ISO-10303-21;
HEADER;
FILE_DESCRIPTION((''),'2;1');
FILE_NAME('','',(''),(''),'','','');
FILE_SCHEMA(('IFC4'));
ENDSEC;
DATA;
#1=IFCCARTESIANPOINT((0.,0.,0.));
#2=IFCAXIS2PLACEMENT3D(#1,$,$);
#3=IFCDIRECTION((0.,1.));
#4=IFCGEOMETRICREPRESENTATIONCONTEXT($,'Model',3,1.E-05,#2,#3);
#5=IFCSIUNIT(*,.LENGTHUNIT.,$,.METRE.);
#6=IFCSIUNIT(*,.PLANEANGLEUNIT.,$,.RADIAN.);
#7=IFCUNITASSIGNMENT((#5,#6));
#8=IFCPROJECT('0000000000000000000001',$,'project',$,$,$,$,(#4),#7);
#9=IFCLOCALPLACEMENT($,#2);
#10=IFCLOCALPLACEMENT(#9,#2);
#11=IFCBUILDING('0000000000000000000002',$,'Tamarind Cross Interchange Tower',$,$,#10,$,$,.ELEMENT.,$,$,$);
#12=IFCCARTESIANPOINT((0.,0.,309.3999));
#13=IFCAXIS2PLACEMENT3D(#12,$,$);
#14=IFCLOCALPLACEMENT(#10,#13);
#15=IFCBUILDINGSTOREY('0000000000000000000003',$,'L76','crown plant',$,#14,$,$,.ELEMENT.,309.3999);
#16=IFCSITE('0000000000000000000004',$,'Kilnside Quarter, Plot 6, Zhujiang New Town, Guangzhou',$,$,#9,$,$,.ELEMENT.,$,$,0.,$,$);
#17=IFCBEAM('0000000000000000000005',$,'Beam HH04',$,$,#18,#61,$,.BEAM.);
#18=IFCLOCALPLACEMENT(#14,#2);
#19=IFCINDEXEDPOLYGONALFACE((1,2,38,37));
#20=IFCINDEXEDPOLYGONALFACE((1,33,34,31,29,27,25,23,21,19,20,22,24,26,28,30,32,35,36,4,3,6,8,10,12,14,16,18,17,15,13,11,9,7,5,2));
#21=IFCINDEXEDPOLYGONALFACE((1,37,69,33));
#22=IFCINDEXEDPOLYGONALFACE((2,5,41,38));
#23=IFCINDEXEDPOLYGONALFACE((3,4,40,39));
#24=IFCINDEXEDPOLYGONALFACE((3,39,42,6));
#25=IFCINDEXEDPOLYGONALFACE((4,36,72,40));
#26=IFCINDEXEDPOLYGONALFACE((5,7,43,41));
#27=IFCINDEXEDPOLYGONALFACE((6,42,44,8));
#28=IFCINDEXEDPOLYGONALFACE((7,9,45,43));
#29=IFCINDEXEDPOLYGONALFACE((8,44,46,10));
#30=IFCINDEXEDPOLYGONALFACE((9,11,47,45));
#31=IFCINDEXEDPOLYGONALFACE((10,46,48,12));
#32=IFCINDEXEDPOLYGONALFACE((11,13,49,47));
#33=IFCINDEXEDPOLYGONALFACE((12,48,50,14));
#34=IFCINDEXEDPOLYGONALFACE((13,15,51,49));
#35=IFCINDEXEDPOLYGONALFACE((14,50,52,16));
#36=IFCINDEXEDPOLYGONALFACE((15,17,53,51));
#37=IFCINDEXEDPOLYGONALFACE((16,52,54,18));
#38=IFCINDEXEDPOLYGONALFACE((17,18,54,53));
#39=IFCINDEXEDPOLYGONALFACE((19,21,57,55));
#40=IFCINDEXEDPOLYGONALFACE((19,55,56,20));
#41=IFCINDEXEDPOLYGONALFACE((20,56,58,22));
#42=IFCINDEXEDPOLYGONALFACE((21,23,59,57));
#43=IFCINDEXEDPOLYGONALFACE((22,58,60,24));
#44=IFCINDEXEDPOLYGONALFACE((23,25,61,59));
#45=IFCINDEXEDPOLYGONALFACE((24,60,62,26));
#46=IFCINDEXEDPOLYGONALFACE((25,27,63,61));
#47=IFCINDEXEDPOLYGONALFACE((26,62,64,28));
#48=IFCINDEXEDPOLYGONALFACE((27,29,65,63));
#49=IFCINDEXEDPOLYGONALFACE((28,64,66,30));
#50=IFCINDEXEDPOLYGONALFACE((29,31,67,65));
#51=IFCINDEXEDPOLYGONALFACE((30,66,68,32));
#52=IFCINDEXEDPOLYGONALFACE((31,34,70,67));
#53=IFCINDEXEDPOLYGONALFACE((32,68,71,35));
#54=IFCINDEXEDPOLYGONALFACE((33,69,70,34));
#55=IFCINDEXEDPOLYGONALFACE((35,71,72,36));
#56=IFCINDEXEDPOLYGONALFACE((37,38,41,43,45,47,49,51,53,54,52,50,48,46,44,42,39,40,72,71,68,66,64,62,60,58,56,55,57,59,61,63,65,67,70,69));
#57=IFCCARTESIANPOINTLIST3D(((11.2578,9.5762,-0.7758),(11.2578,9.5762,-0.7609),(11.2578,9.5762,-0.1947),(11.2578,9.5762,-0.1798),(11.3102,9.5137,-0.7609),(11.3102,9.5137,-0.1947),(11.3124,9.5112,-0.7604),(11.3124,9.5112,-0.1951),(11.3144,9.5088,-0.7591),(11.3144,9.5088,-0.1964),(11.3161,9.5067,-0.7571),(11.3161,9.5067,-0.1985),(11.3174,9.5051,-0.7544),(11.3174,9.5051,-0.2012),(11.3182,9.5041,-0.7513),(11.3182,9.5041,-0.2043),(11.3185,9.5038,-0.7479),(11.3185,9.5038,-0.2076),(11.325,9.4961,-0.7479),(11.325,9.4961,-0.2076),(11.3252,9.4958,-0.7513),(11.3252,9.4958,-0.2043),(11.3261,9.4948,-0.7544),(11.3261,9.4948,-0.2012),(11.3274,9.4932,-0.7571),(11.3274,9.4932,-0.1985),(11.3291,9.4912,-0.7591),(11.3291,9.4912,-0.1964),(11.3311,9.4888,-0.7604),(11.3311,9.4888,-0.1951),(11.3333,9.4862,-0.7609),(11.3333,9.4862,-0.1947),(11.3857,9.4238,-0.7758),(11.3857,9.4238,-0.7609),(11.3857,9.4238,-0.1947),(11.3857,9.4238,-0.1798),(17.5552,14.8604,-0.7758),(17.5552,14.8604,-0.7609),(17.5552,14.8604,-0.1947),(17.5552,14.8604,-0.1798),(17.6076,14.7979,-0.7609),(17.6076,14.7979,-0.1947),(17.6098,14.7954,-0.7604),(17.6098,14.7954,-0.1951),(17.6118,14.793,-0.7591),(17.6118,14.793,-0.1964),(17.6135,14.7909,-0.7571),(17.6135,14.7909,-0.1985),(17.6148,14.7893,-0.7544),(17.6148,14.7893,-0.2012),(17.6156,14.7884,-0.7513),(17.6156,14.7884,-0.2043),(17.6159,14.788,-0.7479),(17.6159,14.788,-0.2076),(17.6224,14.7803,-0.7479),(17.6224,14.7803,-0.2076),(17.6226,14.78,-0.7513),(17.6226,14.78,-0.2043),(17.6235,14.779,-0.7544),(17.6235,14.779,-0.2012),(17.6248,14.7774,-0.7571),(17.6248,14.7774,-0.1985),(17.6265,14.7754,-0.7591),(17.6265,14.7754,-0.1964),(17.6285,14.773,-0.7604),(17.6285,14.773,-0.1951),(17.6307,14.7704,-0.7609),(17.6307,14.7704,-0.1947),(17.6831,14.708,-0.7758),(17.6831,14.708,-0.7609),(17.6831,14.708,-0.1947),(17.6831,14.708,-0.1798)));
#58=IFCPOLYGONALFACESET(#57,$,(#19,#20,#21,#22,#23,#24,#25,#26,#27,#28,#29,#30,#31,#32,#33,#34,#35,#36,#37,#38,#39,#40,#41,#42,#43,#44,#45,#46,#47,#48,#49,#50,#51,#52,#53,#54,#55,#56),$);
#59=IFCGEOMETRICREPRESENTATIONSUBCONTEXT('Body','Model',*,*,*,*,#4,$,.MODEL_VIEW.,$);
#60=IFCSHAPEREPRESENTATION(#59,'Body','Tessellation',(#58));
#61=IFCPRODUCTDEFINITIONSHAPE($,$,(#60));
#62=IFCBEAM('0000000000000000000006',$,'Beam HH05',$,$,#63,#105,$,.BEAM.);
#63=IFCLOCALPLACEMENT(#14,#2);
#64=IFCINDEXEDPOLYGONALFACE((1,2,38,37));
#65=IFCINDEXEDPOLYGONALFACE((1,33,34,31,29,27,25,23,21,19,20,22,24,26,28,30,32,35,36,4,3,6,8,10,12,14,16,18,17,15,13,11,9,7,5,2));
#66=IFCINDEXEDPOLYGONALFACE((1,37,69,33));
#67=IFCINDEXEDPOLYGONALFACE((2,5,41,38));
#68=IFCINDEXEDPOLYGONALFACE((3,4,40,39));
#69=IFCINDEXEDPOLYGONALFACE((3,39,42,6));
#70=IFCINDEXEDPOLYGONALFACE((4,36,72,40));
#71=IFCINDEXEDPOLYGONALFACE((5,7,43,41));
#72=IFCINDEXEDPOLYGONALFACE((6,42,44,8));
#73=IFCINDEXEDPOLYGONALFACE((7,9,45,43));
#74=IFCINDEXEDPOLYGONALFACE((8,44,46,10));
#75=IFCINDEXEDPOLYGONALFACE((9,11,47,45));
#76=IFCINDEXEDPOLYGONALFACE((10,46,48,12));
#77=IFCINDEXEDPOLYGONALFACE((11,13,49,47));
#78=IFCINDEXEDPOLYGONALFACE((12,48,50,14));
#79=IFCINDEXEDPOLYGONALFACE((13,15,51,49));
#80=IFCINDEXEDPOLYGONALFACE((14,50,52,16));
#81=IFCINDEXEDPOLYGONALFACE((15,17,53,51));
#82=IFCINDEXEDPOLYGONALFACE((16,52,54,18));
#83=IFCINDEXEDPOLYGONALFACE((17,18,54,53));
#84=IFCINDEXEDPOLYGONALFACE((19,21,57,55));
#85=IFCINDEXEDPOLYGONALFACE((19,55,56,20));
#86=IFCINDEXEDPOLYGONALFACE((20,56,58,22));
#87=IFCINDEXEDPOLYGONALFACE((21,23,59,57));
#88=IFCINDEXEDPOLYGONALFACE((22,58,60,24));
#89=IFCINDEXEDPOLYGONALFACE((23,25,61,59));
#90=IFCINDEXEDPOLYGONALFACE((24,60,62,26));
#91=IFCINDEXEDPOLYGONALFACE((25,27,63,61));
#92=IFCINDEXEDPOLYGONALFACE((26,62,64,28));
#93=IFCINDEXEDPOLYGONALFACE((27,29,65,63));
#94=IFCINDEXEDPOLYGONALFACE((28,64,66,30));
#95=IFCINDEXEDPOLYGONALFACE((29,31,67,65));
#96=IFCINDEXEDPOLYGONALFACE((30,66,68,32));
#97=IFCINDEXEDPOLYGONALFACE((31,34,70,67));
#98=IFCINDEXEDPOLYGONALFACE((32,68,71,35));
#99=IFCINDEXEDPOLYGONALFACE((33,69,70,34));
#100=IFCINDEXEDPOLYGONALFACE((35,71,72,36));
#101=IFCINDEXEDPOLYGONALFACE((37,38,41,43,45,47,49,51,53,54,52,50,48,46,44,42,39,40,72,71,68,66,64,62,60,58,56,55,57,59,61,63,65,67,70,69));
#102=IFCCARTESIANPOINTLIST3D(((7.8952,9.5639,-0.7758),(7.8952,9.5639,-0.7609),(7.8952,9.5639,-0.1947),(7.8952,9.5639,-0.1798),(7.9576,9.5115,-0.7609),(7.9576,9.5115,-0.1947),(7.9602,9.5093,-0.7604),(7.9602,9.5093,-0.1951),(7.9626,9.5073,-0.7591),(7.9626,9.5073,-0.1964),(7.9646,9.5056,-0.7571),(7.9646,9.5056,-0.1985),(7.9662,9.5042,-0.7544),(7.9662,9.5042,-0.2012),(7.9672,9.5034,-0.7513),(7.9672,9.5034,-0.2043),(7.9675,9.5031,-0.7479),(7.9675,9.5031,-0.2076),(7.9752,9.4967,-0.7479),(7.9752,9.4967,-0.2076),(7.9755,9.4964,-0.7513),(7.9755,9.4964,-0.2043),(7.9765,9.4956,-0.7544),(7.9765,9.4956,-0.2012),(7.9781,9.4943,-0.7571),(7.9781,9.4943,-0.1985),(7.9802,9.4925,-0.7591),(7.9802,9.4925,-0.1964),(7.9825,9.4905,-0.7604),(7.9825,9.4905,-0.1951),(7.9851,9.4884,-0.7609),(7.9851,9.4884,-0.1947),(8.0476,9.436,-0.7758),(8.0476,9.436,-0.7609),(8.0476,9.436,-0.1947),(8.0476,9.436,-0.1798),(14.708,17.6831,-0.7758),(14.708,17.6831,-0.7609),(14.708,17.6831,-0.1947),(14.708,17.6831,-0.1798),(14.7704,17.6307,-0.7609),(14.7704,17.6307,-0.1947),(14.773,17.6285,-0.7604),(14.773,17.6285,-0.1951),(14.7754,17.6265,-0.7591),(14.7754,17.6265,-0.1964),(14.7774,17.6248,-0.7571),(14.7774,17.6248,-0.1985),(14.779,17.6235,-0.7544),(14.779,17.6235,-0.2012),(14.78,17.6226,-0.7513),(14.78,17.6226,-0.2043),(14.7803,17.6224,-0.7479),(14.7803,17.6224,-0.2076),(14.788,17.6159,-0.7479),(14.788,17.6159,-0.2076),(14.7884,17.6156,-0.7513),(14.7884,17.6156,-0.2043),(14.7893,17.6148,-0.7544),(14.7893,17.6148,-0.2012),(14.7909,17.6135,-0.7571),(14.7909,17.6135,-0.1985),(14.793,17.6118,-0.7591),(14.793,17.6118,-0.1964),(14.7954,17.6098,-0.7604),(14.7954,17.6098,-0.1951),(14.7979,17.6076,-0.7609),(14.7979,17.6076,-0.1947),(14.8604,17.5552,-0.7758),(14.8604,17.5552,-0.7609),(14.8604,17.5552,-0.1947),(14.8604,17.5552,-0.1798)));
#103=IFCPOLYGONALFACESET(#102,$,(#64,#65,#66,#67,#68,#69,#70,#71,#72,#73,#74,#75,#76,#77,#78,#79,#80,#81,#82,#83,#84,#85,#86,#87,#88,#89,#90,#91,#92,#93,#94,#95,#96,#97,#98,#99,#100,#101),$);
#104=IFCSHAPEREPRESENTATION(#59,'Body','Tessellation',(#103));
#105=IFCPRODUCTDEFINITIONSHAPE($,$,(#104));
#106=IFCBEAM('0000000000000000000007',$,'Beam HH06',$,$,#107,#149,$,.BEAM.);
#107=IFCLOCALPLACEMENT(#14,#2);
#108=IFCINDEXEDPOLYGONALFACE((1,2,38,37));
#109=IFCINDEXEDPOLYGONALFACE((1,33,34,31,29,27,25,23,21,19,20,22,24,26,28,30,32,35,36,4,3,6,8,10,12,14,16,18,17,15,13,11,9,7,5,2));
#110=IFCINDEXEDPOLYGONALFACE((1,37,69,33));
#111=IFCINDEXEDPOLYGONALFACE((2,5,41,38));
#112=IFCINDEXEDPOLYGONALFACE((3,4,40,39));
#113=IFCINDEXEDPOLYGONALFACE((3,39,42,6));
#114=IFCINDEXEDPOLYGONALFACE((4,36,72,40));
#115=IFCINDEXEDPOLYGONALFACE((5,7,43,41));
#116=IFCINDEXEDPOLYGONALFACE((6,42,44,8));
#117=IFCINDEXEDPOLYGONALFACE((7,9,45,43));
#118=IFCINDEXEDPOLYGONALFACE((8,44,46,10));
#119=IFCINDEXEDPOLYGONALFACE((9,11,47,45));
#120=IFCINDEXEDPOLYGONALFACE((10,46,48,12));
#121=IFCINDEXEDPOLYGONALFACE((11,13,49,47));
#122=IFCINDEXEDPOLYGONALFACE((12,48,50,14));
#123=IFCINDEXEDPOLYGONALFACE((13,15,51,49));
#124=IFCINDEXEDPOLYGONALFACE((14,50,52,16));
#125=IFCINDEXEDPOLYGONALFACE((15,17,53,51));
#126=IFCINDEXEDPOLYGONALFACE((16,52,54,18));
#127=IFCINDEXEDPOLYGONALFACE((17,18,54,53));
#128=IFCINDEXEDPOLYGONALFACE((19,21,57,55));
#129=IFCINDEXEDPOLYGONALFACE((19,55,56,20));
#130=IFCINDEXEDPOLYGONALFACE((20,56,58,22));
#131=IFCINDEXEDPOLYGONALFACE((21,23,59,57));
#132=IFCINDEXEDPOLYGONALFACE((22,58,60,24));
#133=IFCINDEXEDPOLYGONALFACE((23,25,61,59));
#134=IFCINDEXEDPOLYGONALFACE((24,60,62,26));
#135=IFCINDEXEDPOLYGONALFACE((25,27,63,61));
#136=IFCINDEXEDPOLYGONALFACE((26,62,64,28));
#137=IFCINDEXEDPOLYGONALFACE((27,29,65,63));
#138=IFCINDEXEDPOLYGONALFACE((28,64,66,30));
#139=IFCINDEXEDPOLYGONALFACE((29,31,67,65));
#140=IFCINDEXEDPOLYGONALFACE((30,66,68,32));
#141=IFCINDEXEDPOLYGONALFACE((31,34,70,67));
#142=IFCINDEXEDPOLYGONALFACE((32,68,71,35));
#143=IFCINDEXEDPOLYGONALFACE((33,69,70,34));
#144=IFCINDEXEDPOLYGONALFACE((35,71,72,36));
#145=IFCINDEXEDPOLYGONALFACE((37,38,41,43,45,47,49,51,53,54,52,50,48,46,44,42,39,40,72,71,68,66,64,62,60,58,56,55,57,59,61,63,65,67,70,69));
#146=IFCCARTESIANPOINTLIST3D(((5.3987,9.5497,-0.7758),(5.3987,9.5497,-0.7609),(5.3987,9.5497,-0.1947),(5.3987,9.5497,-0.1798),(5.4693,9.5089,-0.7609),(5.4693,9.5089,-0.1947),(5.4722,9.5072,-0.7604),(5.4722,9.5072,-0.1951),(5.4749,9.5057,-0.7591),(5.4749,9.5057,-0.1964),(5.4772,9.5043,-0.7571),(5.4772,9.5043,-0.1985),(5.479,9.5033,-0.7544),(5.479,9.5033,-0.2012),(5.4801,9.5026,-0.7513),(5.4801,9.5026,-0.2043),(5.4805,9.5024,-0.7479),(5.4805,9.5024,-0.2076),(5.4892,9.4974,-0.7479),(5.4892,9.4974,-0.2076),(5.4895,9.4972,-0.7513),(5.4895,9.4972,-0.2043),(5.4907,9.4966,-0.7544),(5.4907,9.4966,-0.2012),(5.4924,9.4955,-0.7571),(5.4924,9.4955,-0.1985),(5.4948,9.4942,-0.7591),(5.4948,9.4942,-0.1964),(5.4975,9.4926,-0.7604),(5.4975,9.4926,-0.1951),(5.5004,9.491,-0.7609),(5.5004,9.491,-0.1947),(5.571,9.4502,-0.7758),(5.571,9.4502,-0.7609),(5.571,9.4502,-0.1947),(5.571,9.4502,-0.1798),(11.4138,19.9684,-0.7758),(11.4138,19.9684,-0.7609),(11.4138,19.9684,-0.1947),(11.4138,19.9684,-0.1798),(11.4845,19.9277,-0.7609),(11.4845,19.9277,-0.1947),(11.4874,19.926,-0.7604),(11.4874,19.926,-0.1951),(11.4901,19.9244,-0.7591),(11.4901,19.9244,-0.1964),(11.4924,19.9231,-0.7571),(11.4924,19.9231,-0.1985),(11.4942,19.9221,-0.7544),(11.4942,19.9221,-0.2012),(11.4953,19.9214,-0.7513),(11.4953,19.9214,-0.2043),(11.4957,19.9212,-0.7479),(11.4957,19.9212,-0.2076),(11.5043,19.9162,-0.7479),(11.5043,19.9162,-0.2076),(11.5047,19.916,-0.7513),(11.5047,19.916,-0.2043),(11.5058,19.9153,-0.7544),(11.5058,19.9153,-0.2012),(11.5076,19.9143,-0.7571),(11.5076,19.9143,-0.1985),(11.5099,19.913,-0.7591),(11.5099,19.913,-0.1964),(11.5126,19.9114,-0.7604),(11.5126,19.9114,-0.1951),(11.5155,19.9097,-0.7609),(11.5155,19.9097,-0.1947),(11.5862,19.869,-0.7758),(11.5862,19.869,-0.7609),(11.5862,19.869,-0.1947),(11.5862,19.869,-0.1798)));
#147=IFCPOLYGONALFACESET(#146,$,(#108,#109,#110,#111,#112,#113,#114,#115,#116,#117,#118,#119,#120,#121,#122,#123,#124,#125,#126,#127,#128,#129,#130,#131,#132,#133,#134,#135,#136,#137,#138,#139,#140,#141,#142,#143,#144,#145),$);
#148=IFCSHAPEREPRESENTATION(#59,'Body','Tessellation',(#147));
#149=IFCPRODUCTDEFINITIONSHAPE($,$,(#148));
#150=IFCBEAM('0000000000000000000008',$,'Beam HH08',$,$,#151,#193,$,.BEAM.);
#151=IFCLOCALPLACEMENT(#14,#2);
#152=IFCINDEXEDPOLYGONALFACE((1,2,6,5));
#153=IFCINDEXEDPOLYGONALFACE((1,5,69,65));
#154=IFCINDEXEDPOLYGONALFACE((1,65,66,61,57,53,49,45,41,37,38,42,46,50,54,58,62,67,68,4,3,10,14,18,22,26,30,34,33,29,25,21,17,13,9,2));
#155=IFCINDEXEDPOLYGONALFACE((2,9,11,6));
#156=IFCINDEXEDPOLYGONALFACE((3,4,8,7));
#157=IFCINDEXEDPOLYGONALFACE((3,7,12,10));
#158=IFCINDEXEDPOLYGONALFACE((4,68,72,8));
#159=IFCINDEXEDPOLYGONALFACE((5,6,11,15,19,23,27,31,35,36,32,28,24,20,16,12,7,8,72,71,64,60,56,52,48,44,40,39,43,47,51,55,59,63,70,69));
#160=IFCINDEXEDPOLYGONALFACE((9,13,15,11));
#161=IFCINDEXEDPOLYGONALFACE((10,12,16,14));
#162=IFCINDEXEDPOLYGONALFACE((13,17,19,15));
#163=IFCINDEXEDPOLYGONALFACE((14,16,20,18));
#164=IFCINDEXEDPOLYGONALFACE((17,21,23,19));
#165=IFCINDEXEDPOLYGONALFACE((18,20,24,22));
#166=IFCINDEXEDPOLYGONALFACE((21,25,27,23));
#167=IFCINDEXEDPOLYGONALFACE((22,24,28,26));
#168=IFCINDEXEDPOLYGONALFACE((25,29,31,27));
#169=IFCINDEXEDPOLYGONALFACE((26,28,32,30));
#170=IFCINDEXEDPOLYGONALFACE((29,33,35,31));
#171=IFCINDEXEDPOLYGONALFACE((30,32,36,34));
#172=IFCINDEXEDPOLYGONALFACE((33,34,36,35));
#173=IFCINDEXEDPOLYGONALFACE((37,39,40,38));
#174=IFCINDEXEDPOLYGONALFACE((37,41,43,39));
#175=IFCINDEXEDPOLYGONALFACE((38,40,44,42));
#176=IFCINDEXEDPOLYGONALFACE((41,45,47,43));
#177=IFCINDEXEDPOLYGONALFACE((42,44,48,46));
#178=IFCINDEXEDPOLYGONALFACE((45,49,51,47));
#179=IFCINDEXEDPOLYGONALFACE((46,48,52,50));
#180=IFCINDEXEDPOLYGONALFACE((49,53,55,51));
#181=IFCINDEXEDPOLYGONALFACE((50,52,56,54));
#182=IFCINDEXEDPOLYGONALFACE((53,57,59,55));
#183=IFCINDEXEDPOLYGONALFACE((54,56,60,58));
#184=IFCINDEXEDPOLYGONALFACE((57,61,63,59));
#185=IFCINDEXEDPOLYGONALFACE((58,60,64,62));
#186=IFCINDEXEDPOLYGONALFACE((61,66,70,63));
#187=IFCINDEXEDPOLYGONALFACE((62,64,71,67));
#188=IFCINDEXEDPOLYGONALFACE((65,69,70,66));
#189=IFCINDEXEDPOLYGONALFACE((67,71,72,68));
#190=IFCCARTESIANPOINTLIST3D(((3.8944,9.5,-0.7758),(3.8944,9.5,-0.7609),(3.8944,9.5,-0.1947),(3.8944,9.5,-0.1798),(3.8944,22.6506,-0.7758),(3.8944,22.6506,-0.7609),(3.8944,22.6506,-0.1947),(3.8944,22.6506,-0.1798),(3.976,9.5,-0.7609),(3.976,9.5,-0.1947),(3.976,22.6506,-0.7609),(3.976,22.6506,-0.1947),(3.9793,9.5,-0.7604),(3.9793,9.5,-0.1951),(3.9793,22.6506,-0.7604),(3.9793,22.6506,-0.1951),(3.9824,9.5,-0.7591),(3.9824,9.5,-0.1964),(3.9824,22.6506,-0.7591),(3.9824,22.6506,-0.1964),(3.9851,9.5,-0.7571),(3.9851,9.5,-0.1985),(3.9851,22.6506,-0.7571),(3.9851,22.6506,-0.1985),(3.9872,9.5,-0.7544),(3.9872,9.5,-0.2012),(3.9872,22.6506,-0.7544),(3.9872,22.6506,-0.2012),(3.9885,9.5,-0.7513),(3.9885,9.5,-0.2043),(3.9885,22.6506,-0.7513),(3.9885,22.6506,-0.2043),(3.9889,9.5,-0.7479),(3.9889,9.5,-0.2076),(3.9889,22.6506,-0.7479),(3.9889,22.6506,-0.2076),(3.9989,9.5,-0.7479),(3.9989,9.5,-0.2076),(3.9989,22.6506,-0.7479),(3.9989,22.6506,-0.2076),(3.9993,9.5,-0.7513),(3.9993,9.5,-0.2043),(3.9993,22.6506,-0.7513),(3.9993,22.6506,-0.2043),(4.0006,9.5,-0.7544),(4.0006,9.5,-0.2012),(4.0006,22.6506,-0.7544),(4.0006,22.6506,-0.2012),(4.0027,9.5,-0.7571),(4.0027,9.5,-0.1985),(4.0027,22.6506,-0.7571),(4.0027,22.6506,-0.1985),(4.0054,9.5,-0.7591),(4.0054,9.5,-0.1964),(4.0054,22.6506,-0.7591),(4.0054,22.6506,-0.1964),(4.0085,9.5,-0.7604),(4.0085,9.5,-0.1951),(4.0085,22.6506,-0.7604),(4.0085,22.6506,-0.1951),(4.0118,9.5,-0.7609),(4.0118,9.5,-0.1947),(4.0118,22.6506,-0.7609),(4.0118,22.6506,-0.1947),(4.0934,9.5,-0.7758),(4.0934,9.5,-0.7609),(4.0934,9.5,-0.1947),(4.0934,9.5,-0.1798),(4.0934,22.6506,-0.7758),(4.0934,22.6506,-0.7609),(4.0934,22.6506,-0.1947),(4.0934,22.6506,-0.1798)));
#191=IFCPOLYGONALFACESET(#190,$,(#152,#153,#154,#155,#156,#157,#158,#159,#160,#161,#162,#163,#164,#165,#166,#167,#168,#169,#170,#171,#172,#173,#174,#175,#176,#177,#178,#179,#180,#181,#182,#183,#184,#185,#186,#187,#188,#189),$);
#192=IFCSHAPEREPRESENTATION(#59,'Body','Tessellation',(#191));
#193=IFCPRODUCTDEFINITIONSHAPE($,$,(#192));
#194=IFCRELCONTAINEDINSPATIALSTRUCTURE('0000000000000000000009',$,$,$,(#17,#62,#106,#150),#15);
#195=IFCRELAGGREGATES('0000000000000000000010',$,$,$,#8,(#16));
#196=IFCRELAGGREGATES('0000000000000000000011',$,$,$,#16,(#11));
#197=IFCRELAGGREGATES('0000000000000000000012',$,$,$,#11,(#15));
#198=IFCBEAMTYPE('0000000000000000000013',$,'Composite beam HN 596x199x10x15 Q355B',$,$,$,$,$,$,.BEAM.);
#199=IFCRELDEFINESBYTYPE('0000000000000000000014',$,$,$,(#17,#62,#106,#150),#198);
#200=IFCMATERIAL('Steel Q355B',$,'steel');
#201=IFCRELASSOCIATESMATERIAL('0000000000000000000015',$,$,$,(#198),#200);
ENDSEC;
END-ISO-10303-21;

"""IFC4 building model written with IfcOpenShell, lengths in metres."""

from ifc_helpers import new_model, si_unit, direction, frame, origin, origin_2d, place, context, subcontext, project, spatial, i_section, extrude, material, material_profile, profile_set, type_object, element, save


model = new_model("IFC4")

# Units and contexts
model_context = context("Model", 3, precision=1e-05, world=origin(), true_north=direction((0.0, 1.0)))
body_context = subcontext(model_context, "Body", "Model", "MODEL_VIEW")
ifc_project = project(units=[si_unit("LENGTHUNIT", "METRE"), si_unit("PLANEANGLEUNIT", "RADIAN")], contexts=[model_context])

# Site, building, storey
site_placement = place(None, origin())
site = spatial("IfcSite", under=ifc_project, at=site_placement, Name="Kilnside Quarter, Plot 6, Zhujiang New Town, Guangzhou", CompositionType="ELEMENT", RefElevation=0.0)
building_placement = place(site_placement, origin())
building = spatial("IfcBuilding", under=site, at=building_placement, Name="Tamarind Cross Interchange Tower", CompositionType="ELEMENT")
storey_placement = place(building_placement, frame((0.0, 0.0, 309.3999)))
storey = spatial("IfcBuildingStorey", under=building, at=storey_placement, Name="L76", Description="crown plant", CompositionType="ELEMENT", Elevation=309.3999)

# Beams
ifc_material_1 = material(Name="Steel Q355B", Category="steel")
ifc_material_profile_1 = material_profile(ifc_material_1, i_section(OverallWidth=0.199, OverallDepth=0.5959, WebThickness=0.01, FlangeThickness=0.0149, FilletRadius=0.0129, at=origin_2d()), Name="HN 596x199x10x15")
ifc_profile_set_1 = profile_set([ifc_material_profile_1], Name="Steel Q355B")
beam_type = type_object("IfcBeamType", Name="Composite beam HN 596x199x10x15 Q355B", PredefinedType="BEAM", material=ifc_profile_set_1)
beam_1_placement = place(storey_placement, frame((17.6191, 14.7842, -0.4778), z_axis=(-0.766041, -0.642792, 0.0), x_axis=(0.642792, -0.766041, 0.0)))
element("IfcBeam", 1, at=beam_1_placement, inside=storey, type_object=beam_type, Name="Beam HH04", PredefinedType="BEAM", context=body_context, shape_type="SweptSolid", body=[
    extrude(i_section(OverallWidth=0.199, OverallDepth=0.5959, WebThickness=0.01, FlangeThickness=0.0149, FilletRadius=0.0129, at=origin_2d()), origin(), (0.0, 0.0, 1.0), 8.2207),
])
beam_2_placement = place(storey_placement, frame((14.7842, 17.6191, -0.4778), z_axis=(-0.642786, -0.766046, 0.0), x_axis=(0.766046, -0.642786, 0.0)))
element("IfcBeam", 2, at=beam_2_placement, inside=storey, type_object=beam_type, Name="Beam HH05", PredefinedType="BEAM", context=body_context, shape_type="SweptSolid", body=[
    extrude(i_section(OverallWidth=0.199, OverallDepth=0.5959, WebThickness=0.01, FlangeThickness=0.0149, FilletRadius=0.0129, at=origin_2d()), origin(), (0.0, 0.0, 1.0), 10.5989),
])
beam_3_placement = place(storey_placement, frame((11.5, 19.9187, -0.4778), z_axis=(-0.499994, -0.866029, 0.0), x_axis=(0.866029, -0.499994, 0.0)))
element("IfcBeam", 3, at=beam_3_placement, inside=storey, type_object=beam_type, Name="Beam HH06", PredefinedType="BEAM", context=body_context, shape_type="SweptSolid", body=[
    extrude(i_section(OverallWidth=0.199, OverallDepth=0.5959, WebThickness=0.01, FlangeThickness=0.0149, FilletRadius=0.0129, at=origin_2d()), origin(), (0.0, 0.0, 1.0), 12.0305),
])
beam_4_placement = place(storey_placement, frame((3.9939, 22.6506, -0.4778), z_axis=(0.0, -1.0, 0.0), x_axis=(1.0, 0.0, 0.0)))
element("IfcBeam", 4, at=beam_4_placement, inside=storey, type_object=beam_type, Name="Beam HH08", PredefinedType="BEAM", context=body_context, shape_type="SweptSolid", body=[
    extrude(i_section(OverallWidth=0.199, OverallDepth=0.5959, WebThickness=0.01, FlangeThickness=0.0149, FilletRadius=0.0129, at=origin_2d()), origin(), (0.0, 0.0, 1.0), 13.1506),
])

save(model, "model.ifc")
